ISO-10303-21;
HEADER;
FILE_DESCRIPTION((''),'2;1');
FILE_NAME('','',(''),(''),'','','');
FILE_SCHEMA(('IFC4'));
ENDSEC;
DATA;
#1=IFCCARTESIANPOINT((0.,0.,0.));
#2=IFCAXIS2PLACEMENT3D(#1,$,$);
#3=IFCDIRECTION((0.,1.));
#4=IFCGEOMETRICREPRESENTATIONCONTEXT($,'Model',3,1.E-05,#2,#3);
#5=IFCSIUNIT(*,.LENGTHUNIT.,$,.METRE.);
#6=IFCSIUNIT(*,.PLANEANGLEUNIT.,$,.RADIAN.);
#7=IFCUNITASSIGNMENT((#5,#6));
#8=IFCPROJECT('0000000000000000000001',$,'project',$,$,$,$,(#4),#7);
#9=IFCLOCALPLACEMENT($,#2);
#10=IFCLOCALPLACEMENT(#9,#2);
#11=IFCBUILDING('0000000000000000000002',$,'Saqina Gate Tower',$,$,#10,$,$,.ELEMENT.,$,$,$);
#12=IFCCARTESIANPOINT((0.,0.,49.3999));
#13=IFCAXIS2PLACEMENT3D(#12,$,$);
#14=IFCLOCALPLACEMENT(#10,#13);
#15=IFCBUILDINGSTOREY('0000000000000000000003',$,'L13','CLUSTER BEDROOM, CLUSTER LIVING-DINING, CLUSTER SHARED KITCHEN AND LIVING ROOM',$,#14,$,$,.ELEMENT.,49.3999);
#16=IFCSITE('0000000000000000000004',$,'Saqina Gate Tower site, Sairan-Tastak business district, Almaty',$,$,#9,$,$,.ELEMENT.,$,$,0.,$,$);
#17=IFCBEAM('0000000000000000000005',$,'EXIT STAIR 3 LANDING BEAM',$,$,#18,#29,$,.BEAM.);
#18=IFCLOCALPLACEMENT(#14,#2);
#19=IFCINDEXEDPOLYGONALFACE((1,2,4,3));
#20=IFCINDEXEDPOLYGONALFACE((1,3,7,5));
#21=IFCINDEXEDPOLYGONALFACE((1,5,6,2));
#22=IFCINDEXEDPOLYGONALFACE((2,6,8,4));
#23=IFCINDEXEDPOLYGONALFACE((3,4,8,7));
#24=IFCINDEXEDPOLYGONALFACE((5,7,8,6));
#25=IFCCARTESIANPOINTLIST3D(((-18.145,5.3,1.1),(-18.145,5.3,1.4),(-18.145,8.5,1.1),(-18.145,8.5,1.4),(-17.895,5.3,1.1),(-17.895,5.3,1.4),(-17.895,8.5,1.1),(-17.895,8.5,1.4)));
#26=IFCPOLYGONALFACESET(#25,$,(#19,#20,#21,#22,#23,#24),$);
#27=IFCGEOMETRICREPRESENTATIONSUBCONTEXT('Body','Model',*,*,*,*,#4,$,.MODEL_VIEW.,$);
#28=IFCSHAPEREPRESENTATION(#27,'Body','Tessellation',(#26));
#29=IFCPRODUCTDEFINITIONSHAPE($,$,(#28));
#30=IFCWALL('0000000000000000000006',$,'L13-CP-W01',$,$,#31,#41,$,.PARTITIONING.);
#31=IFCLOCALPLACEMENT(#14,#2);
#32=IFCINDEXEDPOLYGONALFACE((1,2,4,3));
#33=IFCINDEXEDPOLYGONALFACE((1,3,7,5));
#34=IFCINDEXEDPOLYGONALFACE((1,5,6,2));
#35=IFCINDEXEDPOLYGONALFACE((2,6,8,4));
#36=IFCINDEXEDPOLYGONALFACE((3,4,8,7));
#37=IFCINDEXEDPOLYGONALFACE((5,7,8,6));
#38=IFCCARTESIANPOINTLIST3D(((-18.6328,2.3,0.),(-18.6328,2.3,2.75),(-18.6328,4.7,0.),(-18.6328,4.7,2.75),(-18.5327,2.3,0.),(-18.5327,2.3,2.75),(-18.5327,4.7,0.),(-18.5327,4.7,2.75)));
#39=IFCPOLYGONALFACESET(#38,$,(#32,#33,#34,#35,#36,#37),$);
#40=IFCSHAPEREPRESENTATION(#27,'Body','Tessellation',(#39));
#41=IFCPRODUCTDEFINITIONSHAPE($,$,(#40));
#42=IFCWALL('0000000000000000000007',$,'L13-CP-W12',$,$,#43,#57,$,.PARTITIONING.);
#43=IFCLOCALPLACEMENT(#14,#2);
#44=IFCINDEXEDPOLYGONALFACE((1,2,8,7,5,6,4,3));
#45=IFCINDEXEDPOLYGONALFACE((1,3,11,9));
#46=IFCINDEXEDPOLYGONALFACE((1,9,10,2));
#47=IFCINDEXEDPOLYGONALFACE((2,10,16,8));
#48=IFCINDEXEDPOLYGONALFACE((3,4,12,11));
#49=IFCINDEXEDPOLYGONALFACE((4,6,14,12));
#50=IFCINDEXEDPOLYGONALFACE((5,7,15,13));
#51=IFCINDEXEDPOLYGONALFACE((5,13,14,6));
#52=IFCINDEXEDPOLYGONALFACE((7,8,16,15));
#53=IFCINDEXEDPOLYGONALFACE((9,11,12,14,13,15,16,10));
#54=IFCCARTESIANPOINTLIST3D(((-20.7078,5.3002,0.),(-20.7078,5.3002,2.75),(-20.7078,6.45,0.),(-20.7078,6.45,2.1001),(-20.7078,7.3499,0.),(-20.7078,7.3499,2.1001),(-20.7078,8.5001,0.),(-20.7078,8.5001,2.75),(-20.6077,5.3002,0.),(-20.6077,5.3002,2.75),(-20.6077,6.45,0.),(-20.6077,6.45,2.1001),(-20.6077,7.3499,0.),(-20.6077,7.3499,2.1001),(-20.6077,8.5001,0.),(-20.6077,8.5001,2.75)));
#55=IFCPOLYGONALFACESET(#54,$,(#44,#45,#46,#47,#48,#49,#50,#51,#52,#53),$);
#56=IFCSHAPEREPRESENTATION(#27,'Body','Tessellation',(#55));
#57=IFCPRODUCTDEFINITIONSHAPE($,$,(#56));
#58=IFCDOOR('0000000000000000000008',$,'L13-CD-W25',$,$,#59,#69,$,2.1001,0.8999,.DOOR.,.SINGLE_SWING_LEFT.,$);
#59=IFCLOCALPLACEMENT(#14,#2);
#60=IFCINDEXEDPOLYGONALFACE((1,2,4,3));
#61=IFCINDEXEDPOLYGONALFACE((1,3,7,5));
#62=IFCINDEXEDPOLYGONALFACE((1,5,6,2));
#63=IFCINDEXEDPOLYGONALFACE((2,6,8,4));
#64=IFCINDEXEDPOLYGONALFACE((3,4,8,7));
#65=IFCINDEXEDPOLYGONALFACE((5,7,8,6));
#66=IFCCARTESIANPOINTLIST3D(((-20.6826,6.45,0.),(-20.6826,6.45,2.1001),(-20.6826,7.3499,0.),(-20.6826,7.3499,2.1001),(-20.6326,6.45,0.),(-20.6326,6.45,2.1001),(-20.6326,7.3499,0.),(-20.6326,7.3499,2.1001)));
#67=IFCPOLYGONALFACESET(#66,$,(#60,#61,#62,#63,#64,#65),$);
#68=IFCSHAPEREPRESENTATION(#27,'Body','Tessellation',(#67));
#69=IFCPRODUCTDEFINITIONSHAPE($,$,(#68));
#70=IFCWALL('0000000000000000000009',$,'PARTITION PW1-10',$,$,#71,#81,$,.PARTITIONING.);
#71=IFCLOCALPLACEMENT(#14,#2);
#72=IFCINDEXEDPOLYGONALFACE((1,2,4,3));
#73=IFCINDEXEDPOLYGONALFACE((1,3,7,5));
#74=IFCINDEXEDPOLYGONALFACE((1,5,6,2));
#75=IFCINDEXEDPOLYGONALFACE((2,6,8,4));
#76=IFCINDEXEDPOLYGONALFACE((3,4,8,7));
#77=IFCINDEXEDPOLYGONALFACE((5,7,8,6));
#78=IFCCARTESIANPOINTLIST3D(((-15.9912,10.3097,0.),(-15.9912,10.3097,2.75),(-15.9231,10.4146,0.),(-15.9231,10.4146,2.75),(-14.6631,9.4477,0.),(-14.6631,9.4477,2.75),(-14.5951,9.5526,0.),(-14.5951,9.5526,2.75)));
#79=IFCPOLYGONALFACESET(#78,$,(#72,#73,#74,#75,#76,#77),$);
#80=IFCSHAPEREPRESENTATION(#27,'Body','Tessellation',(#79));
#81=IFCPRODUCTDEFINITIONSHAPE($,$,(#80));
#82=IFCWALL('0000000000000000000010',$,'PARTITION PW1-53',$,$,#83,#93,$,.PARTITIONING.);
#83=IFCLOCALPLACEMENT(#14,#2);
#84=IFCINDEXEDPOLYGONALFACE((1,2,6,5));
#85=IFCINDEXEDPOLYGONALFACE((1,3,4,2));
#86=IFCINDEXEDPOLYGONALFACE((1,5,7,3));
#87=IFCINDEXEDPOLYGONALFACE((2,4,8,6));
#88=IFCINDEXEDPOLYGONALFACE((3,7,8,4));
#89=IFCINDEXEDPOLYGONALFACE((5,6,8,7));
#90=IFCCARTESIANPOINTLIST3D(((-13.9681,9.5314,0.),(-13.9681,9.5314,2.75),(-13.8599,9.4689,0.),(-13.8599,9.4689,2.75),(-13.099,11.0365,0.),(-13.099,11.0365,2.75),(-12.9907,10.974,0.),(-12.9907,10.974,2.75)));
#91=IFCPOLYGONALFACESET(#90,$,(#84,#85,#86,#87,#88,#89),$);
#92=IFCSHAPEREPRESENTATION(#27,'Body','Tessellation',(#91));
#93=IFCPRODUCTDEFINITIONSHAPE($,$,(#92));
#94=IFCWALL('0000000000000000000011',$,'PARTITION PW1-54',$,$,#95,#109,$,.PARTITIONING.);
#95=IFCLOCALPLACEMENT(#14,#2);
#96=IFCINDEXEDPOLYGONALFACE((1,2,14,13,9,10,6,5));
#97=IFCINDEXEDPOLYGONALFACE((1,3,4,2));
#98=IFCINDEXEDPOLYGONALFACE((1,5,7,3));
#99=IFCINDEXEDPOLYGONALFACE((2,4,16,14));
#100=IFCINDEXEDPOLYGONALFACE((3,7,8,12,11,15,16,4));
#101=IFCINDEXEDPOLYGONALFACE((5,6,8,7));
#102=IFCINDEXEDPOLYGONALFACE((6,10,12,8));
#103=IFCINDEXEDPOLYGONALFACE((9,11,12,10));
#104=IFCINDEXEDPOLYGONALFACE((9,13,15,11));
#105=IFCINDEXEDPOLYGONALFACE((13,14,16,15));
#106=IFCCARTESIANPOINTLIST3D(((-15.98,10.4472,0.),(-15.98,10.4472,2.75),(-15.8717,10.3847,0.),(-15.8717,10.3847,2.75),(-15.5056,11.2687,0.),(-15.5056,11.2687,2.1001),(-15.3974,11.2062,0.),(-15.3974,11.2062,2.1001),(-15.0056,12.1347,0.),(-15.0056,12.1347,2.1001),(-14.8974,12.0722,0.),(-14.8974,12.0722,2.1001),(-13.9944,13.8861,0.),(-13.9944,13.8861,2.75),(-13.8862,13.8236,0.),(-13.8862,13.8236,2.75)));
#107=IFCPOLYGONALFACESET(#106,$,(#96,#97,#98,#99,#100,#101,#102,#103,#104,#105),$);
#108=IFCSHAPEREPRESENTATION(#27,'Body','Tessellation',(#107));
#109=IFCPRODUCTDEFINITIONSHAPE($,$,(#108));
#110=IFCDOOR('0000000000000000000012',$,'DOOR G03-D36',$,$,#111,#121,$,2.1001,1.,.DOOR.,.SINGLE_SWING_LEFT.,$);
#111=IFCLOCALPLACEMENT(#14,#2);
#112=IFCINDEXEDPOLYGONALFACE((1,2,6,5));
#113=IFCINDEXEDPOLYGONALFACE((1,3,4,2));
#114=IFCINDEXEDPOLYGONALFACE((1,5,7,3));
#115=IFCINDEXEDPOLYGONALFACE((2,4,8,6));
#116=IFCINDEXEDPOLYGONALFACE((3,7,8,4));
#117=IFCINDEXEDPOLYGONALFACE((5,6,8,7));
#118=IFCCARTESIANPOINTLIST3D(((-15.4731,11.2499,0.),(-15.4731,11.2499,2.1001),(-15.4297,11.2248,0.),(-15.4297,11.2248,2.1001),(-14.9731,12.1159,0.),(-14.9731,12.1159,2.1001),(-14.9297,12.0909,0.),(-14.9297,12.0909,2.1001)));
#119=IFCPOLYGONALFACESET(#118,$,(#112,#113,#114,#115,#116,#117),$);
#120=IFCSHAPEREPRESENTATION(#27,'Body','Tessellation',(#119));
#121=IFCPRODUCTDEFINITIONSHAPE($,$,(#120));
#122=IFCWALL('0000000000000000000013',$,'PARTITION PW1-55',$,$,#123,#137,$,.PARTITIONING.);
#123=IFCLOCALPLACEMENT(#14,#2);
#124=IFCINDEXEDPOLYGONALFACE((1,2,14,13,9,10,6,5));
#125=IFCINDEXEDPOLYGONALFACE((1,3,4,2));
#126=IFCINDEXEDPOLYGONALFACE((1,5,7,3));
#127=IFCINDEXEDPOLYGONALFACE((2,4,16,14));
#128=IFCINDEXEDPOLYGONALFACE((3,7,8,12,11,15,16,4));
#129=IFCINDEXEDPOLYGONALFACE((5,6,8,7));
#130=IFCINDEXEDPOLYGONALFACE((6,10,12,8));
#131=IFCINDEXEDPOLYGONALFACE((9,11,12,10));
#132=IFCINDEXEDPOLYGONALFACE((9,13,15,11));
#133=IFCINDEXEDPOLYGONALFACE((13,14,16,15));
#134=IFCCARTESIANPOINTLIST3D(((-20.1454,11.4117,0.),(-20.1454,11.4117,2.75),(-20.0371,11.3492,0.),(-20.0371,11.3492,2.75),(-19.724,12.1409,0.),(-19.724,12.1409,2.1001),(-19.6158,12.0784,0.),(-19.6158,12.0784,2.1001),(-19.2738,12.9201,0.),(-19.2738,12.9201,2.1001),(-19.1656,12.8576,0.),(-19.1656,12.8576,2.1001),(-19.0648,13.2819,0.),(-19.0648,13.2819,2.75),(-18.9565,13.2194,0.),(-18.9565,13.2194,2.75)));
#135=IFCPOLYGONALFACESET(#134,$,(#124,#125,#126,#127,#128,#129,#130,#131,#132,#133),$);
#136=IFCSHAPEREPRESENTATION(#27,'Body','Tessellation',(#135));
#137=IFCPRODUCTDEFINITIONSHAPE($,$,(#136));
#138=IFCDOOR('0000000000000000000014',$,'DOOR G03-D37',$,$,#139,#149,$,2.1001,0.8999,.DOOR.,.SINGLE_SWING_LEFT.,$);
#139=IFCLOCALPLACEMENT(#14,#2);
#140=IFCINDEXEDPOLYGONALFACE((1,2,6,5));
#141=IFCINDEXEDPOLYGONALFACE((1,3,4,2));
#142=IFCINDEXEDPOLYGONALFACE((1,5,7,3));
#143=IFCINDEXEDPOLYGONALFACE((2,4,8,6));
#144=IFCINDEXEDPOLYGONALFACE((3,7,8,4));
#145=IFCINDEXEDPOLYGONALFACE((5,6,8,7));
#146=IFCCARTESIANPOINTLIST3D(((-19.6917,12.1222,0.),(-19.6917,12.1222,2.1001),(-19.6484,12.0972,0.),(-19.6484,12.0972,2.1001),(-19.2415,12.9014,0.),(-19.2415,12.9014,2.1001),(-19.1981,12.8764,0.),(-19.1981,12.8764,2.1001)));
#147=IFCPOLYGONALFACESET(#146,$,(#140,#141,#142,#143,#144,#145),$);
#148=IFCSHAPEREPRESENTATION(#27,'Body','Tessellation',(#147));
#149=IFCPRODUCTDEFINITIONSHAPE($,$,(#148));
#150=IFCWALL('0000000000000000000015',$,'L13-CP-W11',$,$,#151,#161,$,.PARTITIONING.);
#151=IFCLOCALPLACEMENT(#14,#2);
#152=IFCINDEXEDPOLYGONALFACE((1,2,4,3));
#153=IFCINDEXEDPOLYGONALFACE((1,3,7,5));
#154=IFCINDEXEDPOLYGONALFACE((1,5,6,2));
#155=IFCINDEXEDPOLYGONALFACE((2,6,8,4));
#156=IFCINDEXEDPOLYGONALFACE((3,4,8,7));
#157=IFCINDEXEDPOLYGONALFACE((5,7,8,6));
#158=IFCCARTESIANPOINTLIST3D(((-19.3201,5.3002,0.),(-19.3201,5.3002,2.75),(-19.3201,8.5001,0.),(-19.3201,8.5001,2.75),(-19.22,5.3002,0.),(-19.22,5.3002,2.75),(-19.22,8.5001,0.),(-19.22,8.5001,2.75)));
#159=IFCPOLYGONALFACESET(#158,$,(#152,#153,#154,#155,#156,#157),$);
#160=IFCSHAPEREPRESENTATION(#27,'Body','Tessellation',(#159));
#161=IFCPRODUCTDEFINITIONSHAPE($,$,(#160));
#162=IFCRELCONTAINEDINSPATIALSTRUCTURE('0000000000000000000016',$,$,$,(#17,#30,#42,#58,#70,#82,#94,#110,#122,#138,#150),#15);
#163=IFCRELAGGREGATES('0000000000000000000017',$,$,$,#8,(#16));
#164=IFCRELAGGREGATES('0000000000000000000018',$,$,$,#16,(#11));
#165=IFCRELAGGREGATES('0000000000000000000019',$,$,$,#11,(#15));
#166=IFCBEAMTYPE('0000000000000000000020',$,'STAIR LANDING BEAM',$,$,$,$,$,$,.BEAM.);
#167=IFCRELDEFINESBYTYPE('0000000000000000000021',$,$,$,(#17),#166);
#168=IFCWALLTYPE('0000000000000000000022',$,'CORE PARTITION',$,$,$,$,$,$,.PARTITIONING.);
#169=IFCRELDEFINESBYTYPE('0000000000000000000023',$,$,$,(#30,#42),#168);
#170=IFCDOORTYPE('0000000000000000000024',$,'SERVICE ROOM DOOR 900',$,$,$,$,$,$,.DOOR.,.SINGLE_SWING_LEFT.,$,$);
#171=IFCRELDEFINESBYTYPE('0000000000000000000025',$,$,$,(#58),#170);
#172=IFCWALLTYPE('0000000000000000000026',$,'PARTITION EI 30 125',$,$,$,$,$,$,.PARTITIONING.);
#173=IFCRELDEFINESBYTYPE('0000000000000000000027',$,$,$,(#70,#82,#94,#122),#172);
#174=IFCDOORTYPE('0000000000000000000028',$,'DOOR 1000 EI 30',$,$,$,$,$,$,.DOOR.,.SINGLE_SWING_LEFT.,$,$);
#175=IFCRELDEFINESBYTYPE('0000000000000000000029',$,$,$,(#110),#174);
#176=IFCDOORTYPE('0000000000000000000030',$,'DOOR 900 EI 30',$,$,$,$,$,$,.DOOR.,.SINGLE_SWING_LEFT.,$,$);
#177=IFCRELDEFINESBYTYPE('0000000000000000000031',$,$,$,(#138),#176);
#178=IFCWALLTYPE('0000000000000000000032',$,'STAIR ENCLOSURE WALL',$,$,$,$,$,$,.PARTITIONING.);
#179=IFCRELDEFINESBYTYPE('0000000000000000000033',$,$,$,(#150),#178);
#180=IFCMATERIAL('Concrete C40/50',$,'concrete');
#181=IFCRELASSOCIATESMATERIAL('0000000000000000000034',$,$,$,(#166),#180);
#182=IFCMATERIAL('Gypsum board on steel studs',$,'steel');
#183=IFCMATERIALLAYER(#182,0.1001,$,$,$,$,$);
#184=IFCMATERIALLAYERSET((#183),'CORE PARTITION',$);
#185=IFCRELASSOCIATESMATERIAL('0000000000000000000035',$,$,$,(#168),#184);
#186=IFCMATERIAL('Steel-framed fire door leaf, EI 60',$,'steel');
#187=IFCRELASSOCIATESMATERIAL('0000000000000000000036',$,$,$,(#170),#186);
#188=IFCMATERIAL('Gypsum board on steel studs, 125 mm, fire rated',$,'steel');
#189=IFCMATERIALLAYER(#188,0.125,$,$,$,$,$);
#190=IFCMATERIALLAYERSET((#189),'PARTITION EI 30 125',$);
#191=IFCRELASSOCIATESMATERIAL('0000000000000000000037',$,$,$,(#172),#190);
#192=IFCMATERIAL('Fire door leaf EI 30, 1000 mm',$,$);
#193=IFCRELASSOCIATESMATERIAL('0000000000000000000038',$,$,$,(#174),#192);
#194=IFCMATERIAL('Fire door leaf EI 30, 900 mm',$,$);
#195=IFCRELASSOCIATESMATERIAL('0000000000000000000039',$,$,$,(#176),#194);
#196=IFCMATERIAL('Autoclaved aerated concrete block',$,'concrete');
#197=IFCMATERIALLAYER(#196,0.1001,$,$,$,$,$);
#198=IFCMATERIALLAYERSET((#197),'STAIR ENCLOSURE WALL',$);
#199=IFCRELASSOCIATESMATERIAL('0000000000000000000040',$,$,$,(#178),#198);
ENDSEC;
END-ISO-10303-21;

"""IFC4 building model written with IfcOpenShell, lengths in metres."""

from ifc_helpers import new_model, si_unit, direction, frame, frame_2d, origin, origin_2d, place, context, subcontext, project, spatial, rectangle, extrude, material, layer, layer_set, material_profile, profile_set, type_object, element, fill, save


model = new_model("IFC4")

# Units and contexts
model_context = context("Model", 3, precision=1e-05, world=origin(), true_north=direction((0.0, 1.0)))
body_context = subcontext(model_context, "Body", "Model", "MODEL_VIEW")
ifc_project = project(units=[si_unit("LENGTHUNIT", "METRE"), si_unit("PLANEANGLEUNIT", "RADIAN")], contexts=[model_context])

# Site, building, storey
site_placement = place(None, origin())
site = spatial("IfcSite", under=ifc_project, at=site_placement, Name="Saqina Gate Tower site, Sairan-Tastak business district, Almaty", CompositionType="ELEMENT", RefElevation=0.0)
building_placement = place(site_placement, origin())
building = spatial("IfcBuilding", under=site, at=building_placement, Name="Saqina Gate Tower", CompositionType="ELEMENT")
storey_placement = place(building_placement, frame((0.0, 0.0, 49.3999)))
storey = spatial("IfcBuildingStorey", under=building, at=storey_placement, Name="L13", Description="CLUSTER BEDROOM, CLUSTER LIVING-DINING, CLUSTER SHARED KITCHEN AND LIVING ROOM", CompositionType="ELEMENT", Elevation=49.3999)

# Beam
ifc_material_1 = material(Name="Concrete C40/50", Category="concrete")
ifc_material_profile = material_profile(ifc_material_1, rectangle(XDim=0.25, YDim=0.3, at=origin_2d()), Name="STAIR LANDING BEAM")
ifc_profile_set = profile_set([ifc_material_profile], Name="Concrete C40/50")
beam_type = type_object("IfcBeamType", Name="STAIR LANDING BEAM", PredefinedType="BEAM", material=ifc_profile_set)
beam_placement = place(storey_placement, frame((-18.02, 5.3, 1.25), z_axis=(0.0, 1.0, 0.0), x_axis=(-1.0, 0.0, 0.0)))
element("IfcBeam", 1, at=beam_placement, inside=storey, type_object=beam_type, Name="EXIT STAIR 3 LANDING BEAM", PredefinedType="BEAM", context=body_context, shape_type="SweptSolid", body=[
    extrude(rectangle(XDim=0.25, YDim=0.3, at=origin_2d()), origin(), (0.0, 0.0, 1.0), 3.2),
])

# Wall
ifc_material_2 = material(Name="Gypsum board on steel studs", Category="steel")
ifc_layer_1 = layer(ifc_material_2, 0.1001)
ifc_layer_set_1 = layer_set([ifc_layer_1], Name="CORE PARTITION")
wall_type_1 = type_object("IfcWallType", Name="CORE PARTITION", PredefinedType="PARTITIONING", material=ifc_layer_set_1)
wall_1_placement = place(storey_placement, frame((-18.5828, 2.3, 0.0), z_axis=(0.0, 0.0, 1.0), x_axis=(0.0, 1.0, 0.0)))
element("IfcWall", 2, at=wall_1_placement, inside=storey, type_object=wall_type_1, Name="L13-CP-W01", PredefinedType="PARTITIONING", context=body_context, shape_type="SweptSolid", body=[
    extrude(rectangle(XDim=2.3999, YDim=0.1001, at=frame_2d((1.2, 0.0))), origin(), (0.0, 0.0, 1.0), 2.75),
])

# Wall, opening, door
wall_2_placement = place(storey_placement, frame((-20.6577, 5.3, 0.0), z_axis=(0.0, 0.0, 1.0), x_axis=(0.0, 1.0, 0.0)))
wall_2 = element("IfcWall", 3, at=wall_2_placement, inside=storey, type_object=wall_type_1, Name="L13-CP-W12", PredefinedType="PARTITIONING", context=body_context, shape_type="SweptSolid", body=[
    extrude(rectangle(XDim=3.2, YDim=0.1001, at=frame_2d((1.6001, 0.0))), origin(), (0.0, 0.0, 1.0), 2.75),
])
opening_1_placement = place(wall_2_placement, frame((1.1499, 0.0, 0.0)))
opening_1 = element("IfcOpeningElement", 4, at=opening_1_placement, cuts=wall_2, PredefinedType="OPENING", context=body_context, shape_type="SweptSolid", body=[
    extrude(rectangle(XDim=0.8999, YDim=2.1001, at=frame_2d((0.45, 1.05))), frame((0.0, 0.062, 0.0), z_axis=(0.0, -1.0, 0.0), x_axis=(1.0, 0.0, 0.0)), (0.0, 0.0, 1.0), 0.124),
])
ifc_material_3 = material(Name="Steel-framed fire door leaf, EI 60", Category="steel")
door_type_1 = type_object("IfcDoorType", Name="SERVICE ROOM DOOR 900", OperationType="SINGLE_SWING_LEFT", PredefinedType="DOOR", material=ifc_material_3)
door_1_placement = place(opening_1_placement, origin())
door_1 = element("IfcDoor", 5, at=door_1_placement, inside=storey, type_object=door_type_1, Name="L13-CD-W25", OperationType="SINGLE_SWING_LEFT", OverallHeight=2.1001, OverallWidth=0.8999, PredefinedType="DOOR", context=body_context, shape_type="SweptSolid", body=[
    extrude(rectangle(XDim=0.8999, YDim=2.1001, at=frame_2d((0.45, 1.05))), frame((0.0, 0.0249, 0.0), z_axis=(0.0, -1.0, 0.0), x_axis=(1.0, 0.0, 0.0)), (0.0, 0.0, 1.0), 0.05),
])
fill(opening_1, door_1)

# Walls
ifc_material_4 = material(Name="Gypsum board on steel studs, 125 mm, fire rated", Category="steel")
ifc_layer_2 = layer(ifc_material_4, 0.125)
ifc_layer_set_2 = layer_set([ifc_layer_2], Name="PARTITION EI 30 125")
wall_type_2 = type_object("IfcWallType", Name="PARTITION EI 30 125", PredefinedType="PARTITIONING", material=ifc_layer_set_2)
wall_3_placement = place(storey_placement, frame((-15.957, 10.3621, 0.0), z_axis=(0.0, 0.0, 1.0), x_axis=(0.838796, -0.544446, 0.0)))
element("IfcWall", 6, at=wall_3_placement, inside=storey, type_object=wall_type_2, Name="PARTITION PW1-10", PredefinedType="PARTITIONING", context=body_context, shape_type="SweptSolid", body=[
    extrude(rectangle(XDim=1.5833, YDim=0.125, at=frame_2d((0.7915, 0.0))), origin(), (0.0, 0.0, 1.0), 2.75),
])
wall_4_placement = place(storey_placement, frame((-13.9141, 9.5, 0.0), z_axis=(0.0, 0.0, 1.0), x_axis=(0.500067, 0.865987, 0.0)))
element("IfcWall", 7, at=wall_4_placement, inside=storey, type_object=wall_type_2, Name="PARTITION PW1-53", PredefinedType="PARTITIONING", context=body_context, shape_type="SweptSolid", body=[
    extrude(rectangle(XDim=1.738, YDim=0.125, at=frame_2d((0.8691, 0.0))), origin(), (0.0, 0.0, 1.0), 2.75),
])

# Walls, openings, doors
wall_5_placement = place(storey_placement, frame((-15.9258, 10.416, 0.0), z_axis=(0.0, 0.0, 1.0), x_axis=(0.50002, 0.866014, 0.0)))
wall_5 = element("IfcWall", 8, at=wall_5_placement, inside=storey, type_object=wall_type_2, Name="PARTITION PW1-54", PredefinedType="PARTITIONING", context=body_context, shape_type="SweptSolid", body=[
    extrude(rectangle(XDim=3.9709, YDim=0.125, at=frame_2d((1.9854, 0.0))), origin(), (0.0, 0.0, 1.0), 2.75),
])
opening_2_placement = place(wall_5_placement, frame((0.9485, 0.0, 0.0)))
opening_2 = element("IfcOpeningElement", 9, at=opening_2_placement, cuts=wall_5, PredefinedType="OPENING", context=body_context, shape_type="SweptSolid", body=[
    extrude(rectangle(XDim=1.0, YDim=2.1001, at=frame_2d((0.5, 1.05))), frame((0.0, 0.0745, 0.0), z_axis=(0.0, -1.0, 0.0), x_axis=(1.0, 0.0, 0.0)), (0.0, 0.0, 1.0), 0.1489),
])
ifc_material_5 = material(Name="Fire door leaf EI 30, 1000 mm")
door_type_2 = type_object("IfcDoorType", Name="DOOR 1000 EI 30", OperationType="SINGLE_SWING_LEFT", PredefinedType="DOOR", material=ifc_material_5)
door_2_placement = place(opening_2_placement, origin())
door_2 = element("IfcDoor", 10, at=door_2_placement, inside=storey, type_object=door_type_2, Name="DOOR G03-D36", OperationType="SINGLE_SWING_LEFT", OverallHeight=2.1001, OverallWidth=1.0, PredefinedType="DOOR", context=body_context, shape_type="SweptSolid", body=[
    extrude(rectangle(XDim=1.0, YDim=2.1001, at=frame_2d((0.5, 1.05))), frame((0.0, 0.0249, 0.0), z_axis=(0.0, -1.0, 0.0), x_axis=(1.0, 0.0, 0.0)), (0.0, 0.0, 1.0), 0.05),
])
fill(opening_2, door_2)
wall_6_placement = place(storey_placement, frame((-20.0913, 11.3804, 0.0), z_axis=(0.0, 0.0, 1.0), x_axis=(0.500296, 0.865854, 0.0)))
wall_6 = element("IfcWall", 11, at=wall_6_placement, inside=storey, type_object=wall_type_2, Name="PARTITION PW1-55", PredefinedType="PARTITIONING", context=body_context, shape_type="SweptSolid", body=[
    extrude(rectangle(XDim=2.1599, YDim=0.125, at=frame_2d((1.0801, 0.0))), origin(), (0.0, 0.0, 1.0), 2.75),
])
opening_3_placement = place(wall_6_placement, frame((0.8423, 0.0, 0.0)))
opening_3 = element("IfcOpeningElement", 12, at=opening_3_placement, cuts=wall_6, PredefinedType="OPENING", context=body_context, shape_type="SweptSolid", body=[
    extrude(rectangle(XDim=0.8999, YDim=2.1001, at=frame_2d((0.45, 1.05))), frame((0.0, 0.0745, 0.0), z_axis=(0.0, -1.0, 0.0), x_axis=(1.0, 0.0, 0.0)), (0.0, 0.0, 1.0), 0.1489),
])
ifc_material_6 = material(Name="Fire door leaf EI 30, 900 mm")
door_type_3 = type_object("IfcDoorType", Name="DOOR 900 EI 30", OperationType="SINGLE_SWING_LEFT", PredefinedType="DOOR", material=ifc_material_6)
door_3_placement = place(opening_3_placement, frame((0.8999, 0.0, 0.0), z_axis=(0.0, 0.0, 1.0), x_axis=(-1.0, 0.0, 0.0)))
door_3 = element("IfcDoor", 13, at=door_3_placement, inside=storey, type_object=door_type_3, Name="DOOR G03-D37", OperationType="SINGLE_SWING_LEFT", OverallHeight=2.1001, OverallWidth=0.8999, PredefinedType="DOOR", context=body_context, shape_type="SweptSolid", body=[
    extrude(rectangle(XDim=0.8999, YDim=2.1001, at=frame_2d((0.45, 1.05))), frame((0.0, 0.0249, 0.0), z_axis=(0.0, -1.0, 0.0), x_axis=(1.0, 0.0, 0.0)), (0.0, 0.0, 1.0), 0.05),
])
fill(opening_3, door_3)

# Wall
ifc_material_7 = material(Name="Autoclaved aerated concrete block", Category="concrete")
ifc_layer_3 = layer(ifc_material_7, 0.1001)
ifc_layer_set_3 = layer_set([ifc_layer_3], Name="STAIR ENCLOSURE WALL")
wall_type_3 = type_object("IfcWallType", Name="STAIR ENCLOSURE WALL", PredefinedType="PARTITIONING", material=ifc_layer_set_3)
wall_7_placement = place(storey_placement, frame((-19.27, 5.3, 0.0), z_axis=(0.0, 0.0, 1.0), x_axis=(0.0, 1.0, 0.0)))
element("IfcWall", 14, at=wall_7_placement, inside=storey, type_object=wall_type_3, Name="L13-CP-W11", PredefinedType="PARTITIONING", context=body_context, shape_type="SweptSolid", body=[
    extrude(rectangle(XDim=3.2, YDim=0.1001, at=frame_2d((1.6001, 0.0))), origin(), (0.0, 0.0, 1.0), 2.75),
])

save(model, "model.ifc")
